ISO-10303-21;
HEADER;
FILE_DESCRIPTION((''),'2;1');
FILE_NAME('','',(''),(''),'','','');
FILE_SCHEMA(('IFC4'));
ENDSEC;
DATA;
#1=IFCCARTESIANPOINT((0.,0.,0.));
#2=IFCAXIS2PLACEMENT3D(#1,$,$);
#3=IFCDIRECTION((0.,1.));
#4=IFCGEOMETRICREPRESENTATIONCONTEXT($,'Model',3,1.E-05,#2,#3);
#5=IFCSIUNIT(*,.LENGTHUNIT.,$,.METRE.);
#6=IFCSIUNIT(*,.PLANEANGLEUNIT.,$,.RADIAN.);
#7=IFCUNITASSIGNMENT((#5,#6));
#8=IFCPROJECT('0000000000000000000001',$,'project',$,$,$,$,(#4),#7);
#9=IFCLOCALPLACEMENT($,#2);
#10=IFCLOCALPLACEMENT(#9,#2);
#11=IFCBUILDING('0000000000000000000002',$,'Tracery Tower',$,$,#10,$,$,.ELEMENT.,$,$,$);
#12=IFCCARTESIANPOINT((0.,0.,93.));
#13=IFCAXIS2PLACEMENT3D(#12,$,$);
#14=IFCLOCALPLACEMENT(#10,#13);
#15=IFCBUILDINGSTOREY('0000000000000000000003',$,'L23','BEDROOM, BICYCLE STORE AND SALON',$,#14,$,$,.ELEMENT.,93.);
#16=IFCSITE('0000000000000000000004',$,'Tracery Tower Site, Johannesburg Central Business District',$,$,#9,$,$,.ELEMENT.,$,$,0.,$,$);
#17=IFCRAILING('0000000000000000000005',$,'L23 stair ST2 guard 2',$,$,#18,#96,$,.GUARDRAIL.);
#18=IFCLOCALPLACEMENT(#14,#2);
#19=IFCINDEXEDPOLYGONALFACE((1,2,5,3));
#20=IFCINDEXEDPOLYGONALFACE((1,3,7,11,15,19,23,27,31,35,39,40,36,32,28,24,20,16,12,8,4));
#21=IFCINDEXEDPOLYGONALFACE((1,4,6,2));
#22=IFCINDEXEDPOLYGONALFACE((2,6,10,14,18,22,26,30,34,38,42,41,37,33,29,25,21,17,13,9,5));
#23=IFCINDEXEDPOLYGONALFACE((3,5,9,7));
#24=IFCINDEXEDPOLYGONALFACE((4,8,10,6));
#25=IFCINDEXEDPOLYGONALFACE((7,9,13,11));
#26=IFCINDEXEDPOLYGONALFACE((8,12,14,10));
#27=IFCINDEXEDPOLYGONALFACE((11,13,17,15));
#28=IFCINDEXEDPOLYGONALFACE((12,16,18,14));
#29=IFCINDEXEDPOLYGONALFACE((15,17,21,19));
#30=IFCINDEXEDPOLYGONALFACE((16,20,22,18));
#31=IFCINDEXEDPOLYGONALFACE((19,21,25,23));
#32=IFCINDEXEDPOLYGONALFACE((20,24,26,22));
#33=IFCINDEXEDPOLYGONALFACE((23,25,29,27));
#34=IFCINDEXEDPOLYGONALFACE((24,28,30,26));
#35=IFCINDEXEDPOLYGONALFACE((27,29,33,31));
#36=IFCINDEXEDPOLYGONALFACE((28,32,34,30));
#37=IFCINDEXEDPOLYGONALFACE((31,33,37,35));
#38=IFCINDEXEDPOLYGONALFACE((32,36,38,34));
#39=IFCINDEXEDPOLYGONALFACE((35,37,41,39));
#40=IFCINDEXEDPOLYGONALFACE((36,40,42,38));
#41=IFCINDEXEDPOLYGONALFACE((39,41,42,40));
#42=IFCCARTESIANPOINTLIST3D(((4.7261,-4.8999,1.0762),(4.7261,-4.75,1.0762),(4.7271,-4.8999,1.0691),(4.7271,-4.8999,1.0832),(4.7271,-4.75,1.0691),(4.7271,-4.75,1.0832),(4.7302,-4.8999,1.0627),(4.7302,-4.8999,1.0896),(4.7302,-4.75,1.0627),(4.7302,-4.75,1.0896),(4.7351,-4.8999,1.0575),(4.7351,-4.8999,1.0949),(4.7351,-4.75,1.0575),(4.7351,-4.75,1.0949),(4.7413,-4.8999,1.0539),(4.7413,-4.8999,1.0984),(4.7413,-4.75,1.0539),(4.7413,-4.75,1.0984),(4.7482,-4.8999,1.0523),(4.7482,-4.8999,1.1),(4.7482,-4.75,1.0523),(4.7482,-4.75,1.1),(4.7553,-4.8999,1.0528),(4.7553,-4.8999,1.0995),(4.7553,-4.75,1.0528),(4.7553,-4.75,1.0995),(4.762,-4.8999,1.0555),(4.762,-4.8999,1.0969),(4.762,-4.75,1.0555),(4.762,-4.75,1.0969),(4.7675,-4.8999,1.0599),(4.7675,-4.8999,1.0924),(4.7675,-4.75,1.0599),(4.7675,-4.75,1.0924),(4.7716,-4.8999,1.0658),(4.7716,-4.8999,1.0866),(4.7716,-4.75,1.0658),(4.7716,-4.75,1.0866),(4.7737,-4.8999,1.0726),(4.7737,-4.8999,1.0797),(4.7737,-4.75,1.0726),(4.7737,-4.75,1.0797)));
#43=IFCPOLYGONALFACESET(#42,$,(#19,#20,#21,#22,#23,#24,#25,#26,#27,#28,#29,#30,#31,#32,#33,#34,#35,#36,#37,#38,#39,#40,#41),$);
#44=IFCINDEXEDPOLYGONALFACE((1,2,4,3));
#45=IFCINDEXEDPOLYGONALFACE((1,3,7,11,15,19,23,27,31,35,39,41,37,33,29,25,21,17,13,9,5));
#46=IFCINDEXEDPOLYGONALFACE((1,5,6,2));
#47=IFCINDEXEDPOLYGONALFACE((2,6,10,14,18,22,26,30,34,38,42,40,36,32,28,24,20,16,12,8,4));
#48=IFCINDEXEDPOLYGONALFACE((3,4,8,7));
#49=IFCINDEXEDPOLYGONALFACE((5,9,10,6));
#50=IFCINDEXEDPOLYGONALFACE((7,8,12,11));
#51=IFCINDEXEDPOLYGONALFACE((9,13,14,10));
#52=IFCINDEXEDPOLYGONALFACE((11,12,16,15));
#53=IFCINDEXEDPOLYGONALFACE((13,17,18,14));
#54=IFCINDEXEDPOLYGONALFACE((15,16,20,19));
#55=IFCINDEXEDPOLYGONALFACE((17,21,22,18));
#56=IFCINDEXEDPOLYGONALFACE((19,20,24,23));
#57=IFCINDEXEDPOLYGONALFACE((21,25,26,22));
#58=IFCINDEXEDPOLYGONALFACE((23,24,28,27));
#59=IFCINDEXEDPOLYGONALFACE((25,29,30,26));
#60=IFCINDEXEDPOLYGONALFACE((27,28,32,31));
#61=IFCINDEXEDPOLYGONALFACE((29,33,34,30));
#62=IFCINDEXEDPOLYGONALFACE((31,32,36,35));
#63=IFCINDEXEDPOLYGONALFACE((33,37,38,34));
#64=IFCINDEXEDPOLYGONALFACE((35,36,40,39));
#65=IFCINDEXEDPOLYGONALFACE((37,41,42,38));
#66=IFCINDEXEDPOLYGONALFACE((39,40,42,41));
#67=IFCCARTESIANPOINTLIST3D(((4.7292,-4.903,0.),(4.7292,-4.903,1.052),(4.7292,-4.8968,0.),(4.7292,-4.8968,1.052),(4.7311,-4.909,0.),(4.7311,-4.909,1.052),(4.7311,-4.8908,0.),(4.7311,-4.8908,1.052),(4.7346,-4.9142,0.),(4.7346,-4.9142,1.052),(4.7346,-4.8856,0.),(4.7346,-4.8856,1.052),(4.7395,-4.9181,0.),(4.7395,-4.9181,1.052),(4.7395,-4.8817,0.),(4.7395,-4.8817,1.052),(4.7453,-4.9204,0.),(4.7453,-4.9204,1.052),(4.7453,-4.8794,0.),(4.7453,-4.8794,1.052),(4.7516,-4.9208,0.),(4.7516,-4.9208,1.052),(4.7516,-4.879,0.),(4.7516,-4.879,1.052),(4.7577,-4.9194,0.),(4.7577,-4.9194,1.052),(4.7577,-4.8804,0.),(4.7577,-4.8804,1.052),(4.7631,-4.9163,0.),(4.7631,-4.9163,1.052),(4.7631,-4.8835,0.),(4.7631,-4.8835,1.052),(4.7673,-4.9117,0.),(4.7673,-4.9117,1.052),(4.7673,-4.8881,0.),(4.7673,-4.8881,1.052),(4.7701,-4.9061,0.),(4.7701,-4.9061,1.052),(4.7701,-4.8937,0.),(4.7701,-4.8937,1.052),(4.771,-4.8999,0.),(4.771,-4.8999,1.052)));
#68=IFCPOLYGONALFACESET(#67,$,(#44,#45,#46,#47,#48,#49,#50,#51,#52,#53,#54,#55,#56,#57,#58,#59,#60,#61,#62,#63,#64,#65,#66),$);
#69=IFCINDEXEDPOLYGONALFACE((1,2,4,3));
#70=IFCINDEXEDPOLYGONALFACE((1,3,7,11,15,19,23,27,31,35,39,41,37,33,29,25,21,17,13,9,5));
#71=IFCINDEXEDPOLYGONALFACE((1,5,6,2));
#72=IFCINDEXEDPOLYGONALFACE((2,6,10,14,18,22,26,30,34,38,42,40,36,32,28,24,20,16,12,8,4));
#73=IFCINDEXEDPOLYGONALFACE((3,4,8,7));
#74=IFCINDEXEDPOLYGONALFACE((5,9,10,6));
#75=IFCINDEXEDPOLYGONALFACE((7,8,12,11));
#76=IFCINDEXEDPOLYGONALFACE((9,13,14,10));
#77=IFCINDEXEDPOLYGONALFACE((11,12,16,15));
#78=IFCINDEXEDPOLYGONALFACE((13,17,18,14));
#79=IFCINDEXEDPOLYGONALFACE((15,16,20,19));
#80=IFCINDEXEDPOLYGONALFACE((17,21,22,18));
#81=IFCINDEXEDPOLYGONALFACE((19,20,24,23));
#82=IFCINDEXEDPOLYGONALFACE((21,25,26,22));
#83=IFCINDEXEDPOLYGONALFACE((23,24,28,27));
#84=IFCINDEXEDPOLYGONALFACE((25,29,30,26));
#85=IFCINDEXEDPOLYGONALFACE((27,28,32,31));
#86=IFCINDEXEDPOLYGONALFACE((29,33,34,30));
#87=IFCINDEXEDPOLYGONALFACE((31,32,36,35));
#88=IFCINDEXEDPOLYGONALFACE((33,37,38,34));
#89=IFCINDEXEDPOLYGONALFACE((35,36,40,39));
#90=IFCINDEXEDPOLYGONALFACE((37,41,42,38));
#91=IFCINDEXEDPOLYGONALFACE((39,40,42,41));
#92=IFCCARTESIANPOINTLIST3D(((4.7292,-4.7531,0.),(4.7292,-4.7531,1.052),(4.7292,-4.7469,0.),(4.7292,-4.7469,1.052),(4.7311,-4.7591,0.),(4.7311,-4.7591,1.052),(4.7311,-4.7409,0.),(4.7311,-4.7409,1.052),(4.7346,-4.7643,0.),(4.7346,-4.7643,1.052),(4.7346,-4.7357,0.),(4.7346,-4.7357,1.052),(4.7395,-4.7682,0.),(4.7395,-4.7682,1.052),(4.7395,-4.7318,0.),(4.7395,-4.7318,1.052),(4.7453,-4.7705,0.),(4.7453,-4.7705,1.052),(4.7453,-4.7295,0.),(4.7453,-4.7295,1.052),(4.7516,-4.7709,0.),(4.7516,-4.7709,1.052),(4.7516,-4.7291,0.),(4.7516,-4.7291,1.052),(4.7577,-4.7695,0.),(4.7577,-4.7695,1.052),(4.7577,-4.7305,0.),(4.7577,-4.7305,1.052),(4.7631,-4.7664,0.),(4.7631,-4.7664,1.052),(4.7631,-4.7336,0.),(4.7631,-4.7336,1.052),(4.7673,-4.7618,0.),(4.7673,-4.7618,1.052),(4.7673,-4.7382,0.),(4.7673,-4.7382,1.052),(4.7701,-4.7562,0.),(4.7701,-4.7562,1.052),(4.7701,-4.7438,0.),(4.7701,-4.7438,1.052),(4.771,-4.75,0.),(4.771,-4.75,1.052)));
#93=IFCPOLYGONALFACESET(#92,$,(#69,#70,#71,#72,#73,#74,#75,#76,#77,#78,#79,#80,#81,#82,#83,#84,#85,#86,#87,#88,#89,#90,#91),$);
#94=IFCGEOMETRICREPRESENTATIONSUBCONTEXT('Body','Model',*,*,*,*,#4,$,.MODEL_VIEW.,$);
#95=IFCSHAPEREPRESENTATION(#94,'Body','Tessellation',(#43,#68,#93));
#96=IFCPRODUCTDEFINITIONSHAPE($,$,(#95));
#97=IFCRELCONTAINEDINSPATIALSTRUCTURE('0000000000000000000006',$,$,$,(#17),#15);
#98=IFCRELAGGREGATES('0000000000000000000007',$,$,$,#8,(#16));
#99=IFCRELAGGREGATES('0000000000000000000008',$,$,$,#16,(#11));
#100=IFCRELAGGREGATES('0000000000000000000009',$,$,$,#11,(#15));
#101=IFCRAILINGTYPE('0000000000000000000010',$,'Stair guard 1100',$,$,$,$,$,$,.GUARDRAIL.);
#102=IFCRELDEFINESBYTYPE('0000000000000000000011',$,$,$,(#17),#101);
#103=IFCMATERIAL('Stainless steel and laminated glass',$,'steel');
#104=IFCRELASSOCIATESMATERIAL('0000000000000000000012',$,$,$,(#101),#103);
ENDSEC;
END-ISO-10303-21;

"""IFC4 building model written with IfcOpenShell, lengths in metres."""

from ifc_helpers import new_model, si_unit, direction, frame, origin, origin_2d, place, context, subcontext, project, spatial, circle, extrude, material, type_object, element, save


model = new_model("IFC4")

# Units and contexts
model_context = context("Model", 3, precision=1e-05, world=origin(), true_north=direction((0.0, 1.0)))
body_context = subcontext(model_context, "Body", "Model", "MODEL_VIEW")
ifc_project = project(units=[si_unit("LENGTHUNIT", "METRE"), si_unit("PLANEANGLEUNIT", "RADIAN")], contexts=[model_context])

# Site, building, storey
site_placement = place(None, origin())
site = spatial("IfcSite", under=ifc_project, at=site_placement, Name="Tracery Tower Site, Johannesburg Central Business District", CompositionType="ELEMENT", RefElevation=0.0)
building_placement = place(site_placement, origin())
building = spatial("IfcBuilding", under=site, at=building_placement, Name="Tracery Tower", CompositionType="ELEMENT")
storey_placement = place(building_placement, frame((0.0, 0.0, 93.0)))
storey = spatial("IfcBuildingStorey", under=building, at=storey_placement, Name="L23", Description="BEDROOM, BICYCLE STORE AND SALON", CompositionType="ELEMENT", Elevation=93.0)

# Railing
ifc_material_1 = material(Name="Stainless steel and laminated glass", Category="steel")
railing_type_1 = type_object("IfcRailingType", Name="Stair guard 1100", PredefinedType="GUARDRAIL", material=ifc_material_1)
railing_1_placement = place(storey_placement, frame((4.75, -4.8999, 0.0)))
element("IfcRailing", 1, at=railing_1_placement, inside=storey, type_object=railing_type_1, Name="L23 stair ST2 guard 2", PredefinedType="GUARDRAIL", context=body_context, shape_type="SweptSolid", body=[
    extrude(circle(Radius=0.0239, at=origin_2d()), frame((0.0, 0.0, 1.0762), z_axis=(0.0, 1.0, 0.0), x_axis=(-1.0, 0.0, 0.0)), (0.0, 0.0, 1.0), 0.1499),
    extrude(circle(Radius=0.021, at=origin_2d()), origin(), (0.0, 0.0, 1.0), 1.052),
    extrude(circle(Radius=0.021, at=origin_2d()), frame((0.0, 0.1499, 0.0)), (0.0, 0.0, 1.0), 1.052),
])

save(model, "model.ifc")
